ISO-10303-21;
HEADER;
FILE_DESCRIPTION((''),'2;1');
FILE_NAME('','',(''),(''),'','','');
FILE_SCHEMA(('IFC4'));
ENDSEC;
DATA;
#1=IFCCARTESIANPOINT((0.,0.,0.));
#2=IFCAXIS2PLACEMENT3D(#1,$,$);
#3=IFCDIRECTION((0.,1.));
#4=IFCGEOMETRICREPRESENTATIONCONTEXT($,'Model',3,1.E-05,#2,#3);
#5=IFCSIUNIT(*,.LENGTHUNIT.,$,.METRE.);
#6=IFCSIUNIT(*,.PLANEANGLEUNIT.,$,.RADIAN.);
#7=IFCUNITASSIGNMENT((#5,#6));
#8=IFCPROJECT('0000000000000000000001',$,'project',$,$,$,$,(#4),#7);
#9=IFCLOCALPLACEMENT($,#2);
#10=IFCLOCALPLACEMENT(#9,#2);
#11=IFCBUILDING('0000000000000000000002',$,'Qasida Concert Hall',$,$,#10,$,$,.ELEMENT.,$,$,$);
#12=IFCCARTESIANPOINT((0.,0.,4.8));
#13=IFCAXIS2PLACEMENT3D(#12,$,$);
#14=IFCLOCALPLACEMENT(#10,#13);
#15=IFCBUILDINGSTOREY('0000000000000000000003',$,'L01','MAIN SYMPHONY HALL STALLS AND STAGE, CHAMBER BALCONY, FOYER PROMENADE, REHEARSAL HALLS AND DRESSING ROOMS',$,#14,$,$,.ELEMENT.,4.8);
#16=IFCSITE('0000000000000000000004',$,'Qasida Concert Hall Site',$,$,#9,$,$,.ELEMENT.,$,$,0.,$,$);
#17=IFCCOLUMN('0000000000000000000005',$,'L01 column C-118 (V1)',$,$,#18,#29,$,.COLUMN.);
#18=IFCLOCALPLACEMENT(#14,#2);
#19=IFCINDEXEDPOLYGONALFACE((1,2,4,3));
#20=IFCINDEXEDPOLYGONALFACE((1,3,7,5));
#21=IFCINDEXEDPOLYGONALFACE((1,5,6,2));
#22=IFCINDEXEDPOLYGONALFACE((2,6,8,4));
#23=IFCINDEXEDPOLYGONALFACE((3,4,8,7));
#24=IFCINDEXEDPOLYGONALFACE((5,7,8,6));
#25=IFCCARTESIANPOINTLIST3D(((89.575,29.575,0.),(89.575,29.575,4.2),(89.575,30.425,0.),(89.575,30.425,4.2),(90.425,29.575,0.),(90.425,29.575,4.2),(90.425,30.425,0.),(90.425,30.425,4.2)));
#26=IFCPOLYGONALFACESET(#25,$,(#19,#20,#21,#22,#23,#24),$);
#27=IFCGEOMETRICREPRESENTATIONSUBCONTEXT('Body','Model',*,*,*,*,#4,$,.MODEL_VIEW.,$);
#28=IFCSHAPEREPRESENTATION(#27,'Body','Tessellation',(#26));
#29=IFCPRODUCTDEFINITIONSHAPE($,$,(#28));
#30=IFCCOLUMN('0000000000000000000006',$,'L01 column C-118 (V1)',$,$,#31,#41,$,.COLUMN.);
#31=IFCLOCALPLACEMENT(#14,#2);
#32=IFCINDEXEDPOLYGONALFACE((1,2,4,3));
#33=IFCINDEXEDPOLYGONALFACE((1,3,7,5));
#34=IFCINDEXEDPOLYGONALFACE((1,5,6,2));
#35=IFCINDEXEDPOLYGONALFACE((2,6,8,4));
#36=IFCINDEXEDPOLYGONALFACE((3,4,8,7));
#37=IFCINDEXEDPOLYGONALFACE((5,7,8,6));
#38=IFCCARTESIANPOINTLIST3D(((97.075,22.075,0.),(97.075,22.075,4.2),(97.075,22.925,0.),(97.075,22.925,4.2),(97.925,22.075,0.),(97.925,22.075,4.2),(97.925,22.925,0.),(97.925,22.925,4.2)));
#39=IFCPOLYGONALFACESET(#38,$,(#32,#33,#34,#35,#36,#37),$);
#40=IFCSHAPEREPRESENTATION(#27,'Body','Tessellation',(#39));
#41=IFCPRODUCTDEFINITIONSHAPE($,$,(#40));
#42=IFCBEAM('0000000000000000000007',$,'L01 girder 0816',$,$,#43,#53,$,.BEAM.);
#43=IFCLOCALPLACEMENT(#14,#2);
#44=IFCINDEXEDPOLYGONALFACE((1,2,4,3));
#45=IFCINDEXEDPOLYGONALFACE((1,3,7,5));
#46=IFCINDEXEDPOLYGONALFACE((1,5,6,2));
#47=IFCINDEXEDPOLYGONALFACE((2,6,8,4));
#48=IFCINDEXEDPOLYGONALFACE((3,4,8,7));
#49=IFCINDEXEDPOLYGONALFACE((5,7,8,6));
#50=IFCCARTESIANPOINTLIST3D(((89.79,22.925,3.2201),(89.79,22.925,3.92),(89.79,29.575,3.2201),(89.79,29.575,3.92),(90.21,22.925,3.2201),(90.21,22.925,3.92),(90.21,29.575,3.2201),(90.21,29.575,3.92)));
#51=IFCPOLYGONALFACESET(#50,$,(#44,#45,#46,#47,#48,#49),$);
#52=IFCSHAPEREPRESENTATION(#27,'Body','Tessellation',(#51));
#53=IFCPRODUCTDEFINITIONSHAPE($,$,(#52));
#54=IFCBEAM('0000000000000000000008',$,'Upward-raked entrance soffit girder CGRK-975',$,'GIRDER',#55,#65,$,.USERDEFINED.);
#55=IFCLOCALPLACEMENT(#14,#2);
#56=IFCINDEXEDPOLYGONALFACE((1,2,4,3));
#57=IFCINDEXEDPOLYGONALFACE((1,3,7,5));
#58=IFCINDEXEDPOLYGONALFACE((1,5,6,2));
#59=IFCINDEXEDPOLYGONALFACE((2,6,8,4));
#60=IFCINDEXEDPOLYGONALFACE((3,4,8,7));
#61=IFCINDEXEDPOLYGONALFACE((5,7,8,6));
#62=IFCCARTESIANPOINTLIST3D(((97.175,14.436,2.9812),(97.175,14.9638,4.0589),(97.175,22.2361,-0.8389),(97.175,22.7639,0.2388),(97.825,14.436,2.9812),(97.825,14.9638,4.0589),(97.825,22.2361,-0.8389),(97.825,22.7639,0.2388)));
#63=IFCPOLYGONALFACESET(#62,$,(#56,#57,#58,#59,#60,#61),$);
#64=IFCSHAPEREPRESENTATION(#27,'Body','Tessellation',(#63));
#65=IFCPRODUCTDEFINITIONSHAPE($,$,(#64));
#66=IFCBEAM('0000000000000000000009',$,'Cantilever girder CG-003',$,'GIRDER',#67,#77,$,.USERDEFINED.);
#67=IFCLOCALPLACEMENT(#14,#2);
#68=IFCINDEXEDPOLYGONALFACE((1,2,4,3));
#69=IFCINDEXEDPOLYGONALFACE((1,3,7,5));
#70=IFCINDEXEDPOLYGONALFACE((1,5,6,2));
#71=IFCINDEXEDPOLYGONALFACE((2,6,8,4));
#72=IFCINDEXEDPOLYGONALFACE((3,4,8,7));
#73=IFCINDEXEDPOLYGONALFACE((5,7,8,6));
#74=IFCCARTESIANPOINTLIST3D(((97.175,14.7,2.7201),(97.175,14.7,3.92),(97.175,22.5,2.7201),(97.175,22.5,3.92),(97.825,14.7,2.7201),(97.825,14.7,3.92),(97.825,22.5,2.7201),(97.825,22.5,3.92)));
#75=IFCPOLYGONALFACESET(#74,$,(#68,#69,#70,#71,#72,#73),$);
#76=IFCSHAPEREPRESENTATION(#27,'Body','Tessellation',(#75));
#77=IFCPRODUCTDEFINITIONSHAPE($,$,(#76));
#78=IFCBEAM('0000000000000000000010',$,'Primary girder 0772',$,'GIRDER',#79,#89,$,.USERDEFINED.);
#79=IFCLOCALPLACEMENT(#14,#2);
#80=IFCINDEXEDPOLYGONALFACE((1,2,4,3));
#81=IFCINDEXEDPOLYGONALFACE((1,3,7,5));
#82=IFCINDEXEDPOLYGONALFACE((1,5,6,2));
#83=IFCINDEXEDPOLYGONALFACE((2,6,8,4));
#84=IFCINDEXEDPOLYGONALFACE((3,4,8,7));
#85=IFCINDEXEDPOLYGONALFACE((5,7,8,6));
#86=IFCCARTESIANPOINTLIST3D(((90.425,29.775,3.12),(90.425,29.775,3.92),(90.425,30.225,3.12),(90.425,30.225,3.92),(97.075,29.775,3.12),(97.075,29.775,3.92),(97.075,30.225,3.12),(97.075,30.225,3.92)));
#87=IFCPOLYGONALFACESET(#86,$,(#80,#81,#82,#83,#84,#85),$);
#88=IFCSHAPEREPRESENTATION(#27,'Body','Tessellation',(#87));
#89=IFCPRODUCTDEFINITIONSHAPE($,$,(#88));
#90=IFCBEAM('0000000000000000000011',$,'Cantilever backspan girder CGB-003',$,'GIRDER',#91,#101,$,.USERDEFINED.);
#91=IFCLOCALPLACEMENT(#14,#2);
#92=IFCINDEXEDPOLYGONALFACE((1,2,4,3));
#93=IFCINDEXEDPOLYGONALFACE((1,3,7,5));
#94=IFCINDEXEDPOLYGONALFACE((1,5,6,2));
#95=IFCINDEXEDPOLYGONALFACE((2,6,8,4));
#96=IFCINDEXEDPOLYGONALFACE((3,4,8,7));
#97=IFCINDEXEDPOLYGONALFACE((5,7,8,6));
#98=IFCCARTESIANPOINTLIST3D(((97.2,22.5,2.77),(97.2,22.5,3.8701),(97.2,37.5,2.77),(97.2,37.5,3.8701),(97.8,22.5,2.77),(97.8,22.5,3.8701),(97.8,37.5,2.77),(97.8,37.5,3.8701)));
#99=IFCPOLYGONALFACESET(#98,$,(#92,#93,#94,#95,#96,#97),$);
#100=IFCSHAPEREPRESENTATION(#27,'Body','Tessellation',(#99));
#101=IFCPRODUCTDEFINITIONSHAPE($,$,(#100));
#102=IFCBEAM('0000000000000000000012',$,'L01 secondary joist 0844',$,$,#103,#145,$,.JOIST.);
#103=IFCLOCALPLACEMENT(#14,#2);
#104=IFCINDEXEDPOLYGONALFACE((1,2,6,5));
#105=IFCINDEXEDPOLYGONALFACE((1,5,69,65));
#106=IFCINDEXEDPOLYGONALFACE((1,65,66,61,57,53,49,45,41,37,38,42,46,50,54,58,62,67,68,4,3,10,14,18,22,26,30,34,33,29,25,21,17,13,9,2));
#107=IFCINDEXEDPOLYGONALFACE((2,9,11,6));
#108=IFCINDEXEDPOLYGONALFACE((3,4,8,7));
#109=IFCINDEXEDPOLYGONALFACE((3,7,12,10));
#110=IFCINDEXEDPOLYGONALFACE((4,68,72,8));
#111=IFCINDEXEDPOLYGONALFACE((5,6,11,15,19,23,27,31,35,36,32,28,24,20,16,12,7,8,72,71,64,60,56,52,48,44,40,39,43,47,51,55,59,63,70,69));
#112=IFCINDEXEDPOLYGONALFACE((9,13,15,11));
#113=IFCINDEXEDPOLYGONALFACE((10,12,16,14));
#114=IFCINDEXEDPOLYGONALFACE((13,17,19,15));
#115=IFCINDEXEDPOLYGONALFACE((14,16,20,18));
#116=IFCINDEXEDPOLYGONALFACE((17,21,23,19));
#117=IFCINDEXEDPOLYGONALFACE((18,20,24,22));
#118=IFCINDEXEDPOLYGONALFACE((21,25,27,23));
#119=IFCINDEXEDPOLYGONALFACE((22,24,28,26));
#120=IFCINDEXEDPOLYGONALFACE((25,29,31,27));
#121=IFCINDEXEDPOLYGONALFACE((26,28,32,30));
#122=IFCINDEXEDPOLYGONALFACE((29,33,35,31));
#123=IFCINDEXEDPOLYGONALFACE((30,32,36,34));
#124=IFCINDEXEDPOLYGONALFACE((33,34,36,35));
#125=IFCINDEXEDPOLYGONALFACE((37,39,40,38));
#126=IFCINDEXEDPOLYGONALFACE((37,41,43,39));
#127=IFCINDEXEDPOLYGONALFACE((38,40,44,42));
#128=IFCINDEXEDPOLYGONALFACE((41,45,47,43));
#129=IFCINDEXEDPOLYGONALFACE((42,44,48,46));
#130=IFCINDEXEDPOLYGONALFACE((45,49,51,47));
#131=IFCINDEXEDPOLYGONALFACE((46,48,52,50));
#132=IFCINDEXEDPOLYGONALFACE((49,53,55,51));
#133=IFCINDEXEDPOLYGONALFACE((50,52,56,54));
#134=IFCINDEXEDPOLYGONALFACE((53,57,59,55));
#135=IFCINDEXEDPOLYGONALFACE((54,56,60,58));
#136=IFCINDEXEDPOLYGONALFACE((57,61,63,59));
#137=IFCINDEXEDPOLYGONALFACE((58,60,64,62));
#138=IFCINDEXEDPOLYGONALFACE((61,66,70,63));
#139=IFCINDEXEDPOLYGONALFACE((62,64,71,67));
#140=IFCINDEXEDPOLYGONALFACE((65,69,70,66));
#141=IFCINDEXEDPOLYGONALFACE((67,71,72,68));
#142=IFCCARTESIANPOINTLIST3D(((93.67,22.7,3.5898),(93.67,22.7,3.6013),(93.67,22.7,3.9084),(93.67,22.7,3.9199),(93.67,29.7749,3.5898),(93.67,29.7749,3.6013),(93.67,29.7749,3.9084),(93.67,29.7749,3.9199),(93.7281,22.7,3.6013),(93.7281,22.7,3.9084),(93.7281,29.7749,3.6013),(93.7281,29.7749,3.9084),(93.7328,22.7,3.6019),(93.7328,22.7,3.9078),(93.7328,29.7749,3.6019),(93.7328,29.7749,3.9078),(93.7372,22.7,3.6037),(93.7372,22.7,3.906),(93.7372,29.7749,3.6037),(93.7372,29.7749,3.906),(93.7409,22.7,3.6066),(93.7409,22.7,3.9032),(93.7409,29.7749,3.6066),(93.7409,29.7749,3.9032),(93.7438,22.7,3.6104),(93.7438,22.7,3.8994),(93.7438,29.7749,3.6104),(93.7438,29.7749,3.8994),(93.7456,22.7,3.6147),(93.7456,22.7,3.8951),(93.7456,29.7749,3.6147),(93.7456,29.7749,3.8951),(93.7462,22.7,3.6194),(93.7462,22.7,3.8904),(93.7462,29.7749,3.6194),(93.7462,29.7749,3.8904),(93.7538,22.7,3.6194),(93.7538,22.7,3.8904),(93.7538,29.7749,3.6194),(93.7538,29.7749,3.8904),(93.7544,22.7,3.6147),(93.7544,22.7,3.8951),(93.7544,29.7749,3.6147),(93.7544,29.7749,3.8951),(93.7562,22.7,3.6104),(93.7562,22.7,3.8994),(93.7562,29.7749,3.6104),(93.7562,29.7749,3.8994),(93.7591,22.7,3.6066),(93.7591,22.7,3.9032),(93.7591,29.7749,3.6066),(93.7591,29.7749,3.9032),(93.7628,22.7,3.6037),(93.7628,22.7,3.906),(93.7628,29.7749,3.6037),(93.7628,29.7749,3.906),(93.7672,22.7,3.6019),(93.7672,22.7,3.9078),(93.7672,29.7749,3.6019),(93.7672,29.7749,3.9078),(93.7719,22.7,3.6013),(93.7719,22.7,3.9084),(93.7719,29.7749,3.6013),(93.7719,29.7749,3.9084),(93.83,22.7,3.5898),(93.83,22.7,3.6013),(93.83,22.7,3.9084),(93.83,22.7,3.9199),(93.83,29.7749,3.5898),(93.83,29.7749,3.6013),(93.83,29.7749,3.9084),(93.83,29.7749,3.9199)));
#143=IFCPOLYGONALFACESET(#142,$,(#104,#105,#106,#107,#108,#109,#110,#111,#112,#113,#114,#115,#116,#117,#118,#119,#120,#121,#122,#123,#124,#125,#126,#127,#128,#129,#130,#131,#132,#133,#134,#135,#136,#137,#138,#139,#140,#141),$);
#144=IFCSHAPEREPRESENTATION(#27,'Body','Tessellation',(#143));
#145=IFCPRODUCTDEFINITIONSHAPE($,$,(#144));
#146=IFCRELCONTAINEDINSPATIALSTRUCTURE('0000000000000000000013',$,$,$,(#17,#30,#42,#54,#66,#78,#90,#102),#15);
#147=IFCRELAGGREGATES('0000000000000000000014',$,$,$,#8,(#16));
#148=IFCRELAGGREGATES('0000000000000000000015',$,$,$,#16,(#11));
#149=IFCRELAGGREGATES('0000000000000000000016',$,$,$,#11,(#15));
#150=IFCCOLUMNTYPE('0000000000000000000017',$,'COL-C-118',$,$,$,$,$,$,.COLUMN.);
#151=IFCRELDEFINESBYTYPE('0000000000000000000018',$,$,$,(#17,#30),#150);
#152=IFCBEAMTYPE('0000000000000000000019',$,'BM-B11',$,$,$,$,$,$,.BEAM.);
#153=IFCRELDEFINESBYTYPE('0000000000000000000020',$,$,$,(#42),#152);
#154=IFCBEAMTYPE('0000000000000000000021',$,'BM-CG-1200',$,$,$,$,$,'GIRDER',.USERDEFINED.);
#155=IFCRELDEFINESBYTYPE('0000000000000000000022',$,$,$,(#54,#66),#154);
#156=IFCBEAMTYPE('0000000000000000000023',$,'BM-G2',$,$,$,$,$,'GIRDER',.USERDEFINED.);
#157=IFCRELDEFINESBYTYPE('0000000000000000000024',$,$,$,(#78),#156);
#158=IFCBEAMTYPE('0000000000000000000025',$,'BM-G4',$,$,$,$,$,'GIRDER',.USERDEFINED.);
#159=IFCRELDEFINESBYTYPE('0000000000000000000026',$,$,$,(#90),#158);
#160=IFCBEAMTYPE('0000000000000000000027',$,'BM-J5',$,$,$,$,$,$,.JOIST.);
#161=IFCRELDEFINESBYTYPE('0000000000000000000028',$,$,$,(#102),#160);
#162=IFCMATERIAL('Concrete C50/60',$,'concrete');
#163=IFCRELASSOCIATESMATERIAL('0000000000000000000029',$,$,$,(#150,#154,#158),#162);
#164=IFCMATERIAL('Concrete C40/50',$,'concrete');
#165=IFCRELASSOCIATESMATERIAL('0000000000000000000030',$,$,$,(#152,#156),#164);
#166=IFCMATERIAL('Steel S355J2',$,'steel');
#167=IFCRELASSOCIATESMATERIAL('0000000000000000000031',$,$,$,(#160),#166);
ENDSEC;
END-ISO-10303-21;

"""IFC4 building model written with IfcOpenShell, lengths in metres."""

from ifc_helpers import new_model, si_unit, direction, frame, origin, origin_2d, place, context, subcontext, project, spatial, rectangle, i_section, extrude, material, material_profile, profile_set, type_object, element, save


model = new_model("IFC4")

# Units and contexts
model_context = context("Model", 3, precision=1e-05, world=origin(), true_north=direction((0.0, 1.0)))
body_context = subcontext(model_context, "Body", "Model", "MODEL_VIEW")
ifc_project = project(units=[si_unit("LENGTHUNIT", "METRE"), si_unit("PLANEANGLEUNIT", "RADIAN")], contexts=[model_context])

# Site, building, storey
site_placement = place(None, origin())
site = spatial("IfcSite", under=ifc_project, at=site_placement, Name="Qasida Concert Hall Site", CompositionType="ELEMENT", RefElevation=0.0)
building_placement = place(site_placement, origin())
building = spatial("IfcBuilding", under=site, at=building_placement, Name="Qasida Concert Hall", CompositionType="ELEMENT")
storey_placement = place(building_placement, frame((0.0, 0.0, 4.8)))
storey = spatial("IfcBuildingStorey", under=building, at=storey_placement, Name="L01", Description="MAIN SYMPHONY HALL STALLS AND STAGE, CHAMBER BALCONY, FOYER PROMENADE, REHEARSAL HALLS AND DRESSING ROOMS", CompositionType="ELEMENT", Elevation=4.8)

# Columns
ifc_material_1 = material(Name="Concrete C50/60", Category="concrete")
ifc_material_profile_1 = material_profile(ifc_material_1, rectangle(XDim=0.8501, YDim=0.8501, at=origin_2d()), Name="RC 850x850")
ifc_profile_set_1 = profile_set([ifc_material_profile_1], Name="Concrete C50/60")
column_type = type_object("IfcColumnType", Name="COL-C-118", PredefinedType="COLUMN", material=ifc_profile_set_1)
for number, where, z_axis, x_axis, name in (
    (1, (90.0, 30.0, 0.0), (0.0, 0.0, 1.0), (1.0, 0.0, 0.0), "L01 column C-118 (V1)"),
    (2, (97.5, 22.5, 0.0), (0.0, 0.0, 1.0), (1.0, 0.0, 0.0), "L01 column C-118 (V1)"),
):
    element("IfcColumn", number, at=place(storey_placement, frame(where, z_axis=z_axis, x_axis=x_axis)), inside=storey, type_object=column_type, Name=name, PredefinedType="COLUMN", context=body_context, shape_type="SweptSolid", body=[
        extrude(rectangle(XDim=0.8501, YDim=0.8501, at=origin_2d()), origin(), (0.0, 0.0, 1.0), 4.2),
    ])

# Beams
ifc_material_2 = material(Name="Concrete C40/50", Category="concrete")
ifc_material_profile_2 = material_profile(ifc_material_2, rectangle(XDim=0.4199, YDim=0.7, at=origin_2d()), Name="RC 420x700")
ifc_profile_set_2 = profile_set([ifc_material_profile_2], Name="Concrete C40/50")
beam_type_1 = type_object("IfcBeamType", Name="BM-B11", PredefinedType="BEAM", material=ifc_profile_set_2)
beam_1_placement = place(storey_placement, frame((90.0, 22.925, 3.5701), z_axis=(0.0, 1.0, 0.0), x_axis=(-1.0, 0.0, 0.0)))
element("IfcBeam", 3, at=beam_1_placement, inside=storey, type_object=beam_type_1, Name="L01 girder 0816", PredefinedType="BEAM", context=body_context, shape_type="SweptSolid", body=[
    extrude(rectangle(XDim=0.4199, YDim=0.7, at=origin_2d()), origin(), (0.0, 0.0, 1.0), 6.6499),
])
ifc_material_profile_3 = material_profile(ifc_material_1, rectangle(XDim=0.6499, YDim=1.2, at=origin_2d()), Name="RC 650x1200")
ifc_profile_set_3 = profile_set([ifc_material_profile_3], Name="Concrete C50/60")
beam_type_2 = type_object("IfcBeamType", Name="BM-CG-1200", ElementType="GIRDER", PredefinedType="USERDEFINED", material=ifc_profile_set_3)
beam_2_placement = place(storey_placement, frame((97.5, 22.5, -0.3), z_axis=(0.0, -0.898079, 0.439834), x_axis=(1.0, 0.0, 0.0)))
element("IfcBeam", 4, at=beam_2_placement, inside=storey, type_object=beam_type_2, Name="Upward-raked entrance soffit girder CGRK-975", ObjectType="GIRDER", PredefinedType="USERDEFINED", context=body_context, shape_type="SweptSolid", body=[
    extrude(rectangle(XDim=0.6499, YDim=1.2, at=origin_2d()), origin(), (0.0, 0.0, 1.0), 8.6853),
])
beam_3_placement = place(storey_placement, frame((97.5, 22.5, 3.3201), z_axis=(0.0, -1.0, 0.0), x_axis=(1.0, 0.0, 0.0)))
element("IfcBeam", 5, at=beam_3_placement, inside=storey, type_object=beam_type_2, Name="Cantilever girder CG-003", ObjectType="GIRDER", PredefinedType="USERDEFINED", context=body_context, shape_type="SweptSolid", body=[
    extrude(rectangle(XDim=0.6499, YDim=1.2, at=origin_2d()), origin(), (0.0, 0.0, 1.0), 7.8),
])
ifc_material_profile_4 = material_profile(ifc_material_2, rectangle(XDim=0.45, YDim=0.8, at=origin_2d()), Name="RC 450x800")
ifc_profile_set_4 = profile_set([ifc_material_profile_4], Name="Concrete C40/50")
beam_type_3 = type_object("IfcBeamType", Name="BM-G2", ElementType="GIRDER", PredefinedType="USERDEFINED", material=ifc_profile_set_4)
beam_4_placement = place(storey_placement, frame((90.425, 30.0, 3.52), z_axis=(1.0, 0.0, 0.0), x_axis=(0.0, 1.0, 0.0)))
element("IfcBeam", 6, at=beam_4_placement, inside=storey, type_object=beam_type_3, Name="Primary girder 0772", ObjectType="GIRDER", PredefinedType="USERDEFINED", context=body_context, shape_type="SweptSolid", body=[
    extrude(rectangle(XDim=0.45, YDim=0.8, at=origin_2d()), origin(), (0.0, 0.0, 1.0), 6.6499),
])
ifc_material_profile_5 = material_profile(ifc_material_1, rectangle(XDim=0.6001, YDim=1.1001, at=origin_2d()), Name="RC 600x1100")
ifc_profile_set_5 = profile_set([ifc_material_profile_5], Name="Concrete C50/60")
beam_type_4 = type_object("IfcBeamType", Name="BM-G4", ElementType="GIRDER", PredefinedType="USERDEFINED", material=ifc_profile_set_5)
beam_5_placement = place(storey_placement, frame((97.5, 22.5, 3.3201), z_axis=(0.0, 1.0, 0.0), x_axis=(-1.0, 0.0, 0.0)))
element("IfcBeam", 7, at=beam_5_placement, inside=storey, type_object=beam_type_4, Name="Cantilever backspan girder CGB-003", ObjectType="GIRDER", PredefinedType="USERDEFINED", context=body_context, shape_type="SweptSolid", body=[
    extrude(rectangle(XDim=0.6001, YDim=1.1001, at=origin_2d()), origin(), (0.0, 0.0, 1.0), 15.0),
])
ifc_material_3 = material(Name="Steel S355J2", Category="steel")
ifc_material_profile_6 = material_profile(ifc_material_3, i_section(OverallWidth=0.1599, OverallDepth=0.3301, WebThickness=0.0076, FlangeThickness=0.0115, FilletRadius=0.0181, at=origin_2d()), Name="IPE 330")
ifc_profile_set_6 = profile_set([ifc_material_profile_6], Name="Steel S355J2")
beam_type_5 = type_object("IfcBeamType", Name="BM-J5", PredefinedType="JOIST", material=ifc_profile_set_6)
beam_6_placement = place(storey_placement, frame((93.75, 22.7, 3.7549), z_axis=(0.0, 1.0, 0.0), x_axis=(-1.0, 0.0, 0.0)))
element("IfcBeam", 8, at=beam_6_placement, inside=storey, type_object=beam_type_5, Name="L01 secondary joist 0844", PredefinedType="JOIST", context=body_context, shape_type="SweptSolid", body=[
    extrude(i_section(OverallWidth=0.1599, OverallDepth=0.3301, WebThickness=0.0076, FlangeThickness=0.0115, FilletRadius=0.0181, at=origin_2d()), origin(), (0.0, 0.0, 1.0), 7.075),
])

save(model, "model.ifc")
